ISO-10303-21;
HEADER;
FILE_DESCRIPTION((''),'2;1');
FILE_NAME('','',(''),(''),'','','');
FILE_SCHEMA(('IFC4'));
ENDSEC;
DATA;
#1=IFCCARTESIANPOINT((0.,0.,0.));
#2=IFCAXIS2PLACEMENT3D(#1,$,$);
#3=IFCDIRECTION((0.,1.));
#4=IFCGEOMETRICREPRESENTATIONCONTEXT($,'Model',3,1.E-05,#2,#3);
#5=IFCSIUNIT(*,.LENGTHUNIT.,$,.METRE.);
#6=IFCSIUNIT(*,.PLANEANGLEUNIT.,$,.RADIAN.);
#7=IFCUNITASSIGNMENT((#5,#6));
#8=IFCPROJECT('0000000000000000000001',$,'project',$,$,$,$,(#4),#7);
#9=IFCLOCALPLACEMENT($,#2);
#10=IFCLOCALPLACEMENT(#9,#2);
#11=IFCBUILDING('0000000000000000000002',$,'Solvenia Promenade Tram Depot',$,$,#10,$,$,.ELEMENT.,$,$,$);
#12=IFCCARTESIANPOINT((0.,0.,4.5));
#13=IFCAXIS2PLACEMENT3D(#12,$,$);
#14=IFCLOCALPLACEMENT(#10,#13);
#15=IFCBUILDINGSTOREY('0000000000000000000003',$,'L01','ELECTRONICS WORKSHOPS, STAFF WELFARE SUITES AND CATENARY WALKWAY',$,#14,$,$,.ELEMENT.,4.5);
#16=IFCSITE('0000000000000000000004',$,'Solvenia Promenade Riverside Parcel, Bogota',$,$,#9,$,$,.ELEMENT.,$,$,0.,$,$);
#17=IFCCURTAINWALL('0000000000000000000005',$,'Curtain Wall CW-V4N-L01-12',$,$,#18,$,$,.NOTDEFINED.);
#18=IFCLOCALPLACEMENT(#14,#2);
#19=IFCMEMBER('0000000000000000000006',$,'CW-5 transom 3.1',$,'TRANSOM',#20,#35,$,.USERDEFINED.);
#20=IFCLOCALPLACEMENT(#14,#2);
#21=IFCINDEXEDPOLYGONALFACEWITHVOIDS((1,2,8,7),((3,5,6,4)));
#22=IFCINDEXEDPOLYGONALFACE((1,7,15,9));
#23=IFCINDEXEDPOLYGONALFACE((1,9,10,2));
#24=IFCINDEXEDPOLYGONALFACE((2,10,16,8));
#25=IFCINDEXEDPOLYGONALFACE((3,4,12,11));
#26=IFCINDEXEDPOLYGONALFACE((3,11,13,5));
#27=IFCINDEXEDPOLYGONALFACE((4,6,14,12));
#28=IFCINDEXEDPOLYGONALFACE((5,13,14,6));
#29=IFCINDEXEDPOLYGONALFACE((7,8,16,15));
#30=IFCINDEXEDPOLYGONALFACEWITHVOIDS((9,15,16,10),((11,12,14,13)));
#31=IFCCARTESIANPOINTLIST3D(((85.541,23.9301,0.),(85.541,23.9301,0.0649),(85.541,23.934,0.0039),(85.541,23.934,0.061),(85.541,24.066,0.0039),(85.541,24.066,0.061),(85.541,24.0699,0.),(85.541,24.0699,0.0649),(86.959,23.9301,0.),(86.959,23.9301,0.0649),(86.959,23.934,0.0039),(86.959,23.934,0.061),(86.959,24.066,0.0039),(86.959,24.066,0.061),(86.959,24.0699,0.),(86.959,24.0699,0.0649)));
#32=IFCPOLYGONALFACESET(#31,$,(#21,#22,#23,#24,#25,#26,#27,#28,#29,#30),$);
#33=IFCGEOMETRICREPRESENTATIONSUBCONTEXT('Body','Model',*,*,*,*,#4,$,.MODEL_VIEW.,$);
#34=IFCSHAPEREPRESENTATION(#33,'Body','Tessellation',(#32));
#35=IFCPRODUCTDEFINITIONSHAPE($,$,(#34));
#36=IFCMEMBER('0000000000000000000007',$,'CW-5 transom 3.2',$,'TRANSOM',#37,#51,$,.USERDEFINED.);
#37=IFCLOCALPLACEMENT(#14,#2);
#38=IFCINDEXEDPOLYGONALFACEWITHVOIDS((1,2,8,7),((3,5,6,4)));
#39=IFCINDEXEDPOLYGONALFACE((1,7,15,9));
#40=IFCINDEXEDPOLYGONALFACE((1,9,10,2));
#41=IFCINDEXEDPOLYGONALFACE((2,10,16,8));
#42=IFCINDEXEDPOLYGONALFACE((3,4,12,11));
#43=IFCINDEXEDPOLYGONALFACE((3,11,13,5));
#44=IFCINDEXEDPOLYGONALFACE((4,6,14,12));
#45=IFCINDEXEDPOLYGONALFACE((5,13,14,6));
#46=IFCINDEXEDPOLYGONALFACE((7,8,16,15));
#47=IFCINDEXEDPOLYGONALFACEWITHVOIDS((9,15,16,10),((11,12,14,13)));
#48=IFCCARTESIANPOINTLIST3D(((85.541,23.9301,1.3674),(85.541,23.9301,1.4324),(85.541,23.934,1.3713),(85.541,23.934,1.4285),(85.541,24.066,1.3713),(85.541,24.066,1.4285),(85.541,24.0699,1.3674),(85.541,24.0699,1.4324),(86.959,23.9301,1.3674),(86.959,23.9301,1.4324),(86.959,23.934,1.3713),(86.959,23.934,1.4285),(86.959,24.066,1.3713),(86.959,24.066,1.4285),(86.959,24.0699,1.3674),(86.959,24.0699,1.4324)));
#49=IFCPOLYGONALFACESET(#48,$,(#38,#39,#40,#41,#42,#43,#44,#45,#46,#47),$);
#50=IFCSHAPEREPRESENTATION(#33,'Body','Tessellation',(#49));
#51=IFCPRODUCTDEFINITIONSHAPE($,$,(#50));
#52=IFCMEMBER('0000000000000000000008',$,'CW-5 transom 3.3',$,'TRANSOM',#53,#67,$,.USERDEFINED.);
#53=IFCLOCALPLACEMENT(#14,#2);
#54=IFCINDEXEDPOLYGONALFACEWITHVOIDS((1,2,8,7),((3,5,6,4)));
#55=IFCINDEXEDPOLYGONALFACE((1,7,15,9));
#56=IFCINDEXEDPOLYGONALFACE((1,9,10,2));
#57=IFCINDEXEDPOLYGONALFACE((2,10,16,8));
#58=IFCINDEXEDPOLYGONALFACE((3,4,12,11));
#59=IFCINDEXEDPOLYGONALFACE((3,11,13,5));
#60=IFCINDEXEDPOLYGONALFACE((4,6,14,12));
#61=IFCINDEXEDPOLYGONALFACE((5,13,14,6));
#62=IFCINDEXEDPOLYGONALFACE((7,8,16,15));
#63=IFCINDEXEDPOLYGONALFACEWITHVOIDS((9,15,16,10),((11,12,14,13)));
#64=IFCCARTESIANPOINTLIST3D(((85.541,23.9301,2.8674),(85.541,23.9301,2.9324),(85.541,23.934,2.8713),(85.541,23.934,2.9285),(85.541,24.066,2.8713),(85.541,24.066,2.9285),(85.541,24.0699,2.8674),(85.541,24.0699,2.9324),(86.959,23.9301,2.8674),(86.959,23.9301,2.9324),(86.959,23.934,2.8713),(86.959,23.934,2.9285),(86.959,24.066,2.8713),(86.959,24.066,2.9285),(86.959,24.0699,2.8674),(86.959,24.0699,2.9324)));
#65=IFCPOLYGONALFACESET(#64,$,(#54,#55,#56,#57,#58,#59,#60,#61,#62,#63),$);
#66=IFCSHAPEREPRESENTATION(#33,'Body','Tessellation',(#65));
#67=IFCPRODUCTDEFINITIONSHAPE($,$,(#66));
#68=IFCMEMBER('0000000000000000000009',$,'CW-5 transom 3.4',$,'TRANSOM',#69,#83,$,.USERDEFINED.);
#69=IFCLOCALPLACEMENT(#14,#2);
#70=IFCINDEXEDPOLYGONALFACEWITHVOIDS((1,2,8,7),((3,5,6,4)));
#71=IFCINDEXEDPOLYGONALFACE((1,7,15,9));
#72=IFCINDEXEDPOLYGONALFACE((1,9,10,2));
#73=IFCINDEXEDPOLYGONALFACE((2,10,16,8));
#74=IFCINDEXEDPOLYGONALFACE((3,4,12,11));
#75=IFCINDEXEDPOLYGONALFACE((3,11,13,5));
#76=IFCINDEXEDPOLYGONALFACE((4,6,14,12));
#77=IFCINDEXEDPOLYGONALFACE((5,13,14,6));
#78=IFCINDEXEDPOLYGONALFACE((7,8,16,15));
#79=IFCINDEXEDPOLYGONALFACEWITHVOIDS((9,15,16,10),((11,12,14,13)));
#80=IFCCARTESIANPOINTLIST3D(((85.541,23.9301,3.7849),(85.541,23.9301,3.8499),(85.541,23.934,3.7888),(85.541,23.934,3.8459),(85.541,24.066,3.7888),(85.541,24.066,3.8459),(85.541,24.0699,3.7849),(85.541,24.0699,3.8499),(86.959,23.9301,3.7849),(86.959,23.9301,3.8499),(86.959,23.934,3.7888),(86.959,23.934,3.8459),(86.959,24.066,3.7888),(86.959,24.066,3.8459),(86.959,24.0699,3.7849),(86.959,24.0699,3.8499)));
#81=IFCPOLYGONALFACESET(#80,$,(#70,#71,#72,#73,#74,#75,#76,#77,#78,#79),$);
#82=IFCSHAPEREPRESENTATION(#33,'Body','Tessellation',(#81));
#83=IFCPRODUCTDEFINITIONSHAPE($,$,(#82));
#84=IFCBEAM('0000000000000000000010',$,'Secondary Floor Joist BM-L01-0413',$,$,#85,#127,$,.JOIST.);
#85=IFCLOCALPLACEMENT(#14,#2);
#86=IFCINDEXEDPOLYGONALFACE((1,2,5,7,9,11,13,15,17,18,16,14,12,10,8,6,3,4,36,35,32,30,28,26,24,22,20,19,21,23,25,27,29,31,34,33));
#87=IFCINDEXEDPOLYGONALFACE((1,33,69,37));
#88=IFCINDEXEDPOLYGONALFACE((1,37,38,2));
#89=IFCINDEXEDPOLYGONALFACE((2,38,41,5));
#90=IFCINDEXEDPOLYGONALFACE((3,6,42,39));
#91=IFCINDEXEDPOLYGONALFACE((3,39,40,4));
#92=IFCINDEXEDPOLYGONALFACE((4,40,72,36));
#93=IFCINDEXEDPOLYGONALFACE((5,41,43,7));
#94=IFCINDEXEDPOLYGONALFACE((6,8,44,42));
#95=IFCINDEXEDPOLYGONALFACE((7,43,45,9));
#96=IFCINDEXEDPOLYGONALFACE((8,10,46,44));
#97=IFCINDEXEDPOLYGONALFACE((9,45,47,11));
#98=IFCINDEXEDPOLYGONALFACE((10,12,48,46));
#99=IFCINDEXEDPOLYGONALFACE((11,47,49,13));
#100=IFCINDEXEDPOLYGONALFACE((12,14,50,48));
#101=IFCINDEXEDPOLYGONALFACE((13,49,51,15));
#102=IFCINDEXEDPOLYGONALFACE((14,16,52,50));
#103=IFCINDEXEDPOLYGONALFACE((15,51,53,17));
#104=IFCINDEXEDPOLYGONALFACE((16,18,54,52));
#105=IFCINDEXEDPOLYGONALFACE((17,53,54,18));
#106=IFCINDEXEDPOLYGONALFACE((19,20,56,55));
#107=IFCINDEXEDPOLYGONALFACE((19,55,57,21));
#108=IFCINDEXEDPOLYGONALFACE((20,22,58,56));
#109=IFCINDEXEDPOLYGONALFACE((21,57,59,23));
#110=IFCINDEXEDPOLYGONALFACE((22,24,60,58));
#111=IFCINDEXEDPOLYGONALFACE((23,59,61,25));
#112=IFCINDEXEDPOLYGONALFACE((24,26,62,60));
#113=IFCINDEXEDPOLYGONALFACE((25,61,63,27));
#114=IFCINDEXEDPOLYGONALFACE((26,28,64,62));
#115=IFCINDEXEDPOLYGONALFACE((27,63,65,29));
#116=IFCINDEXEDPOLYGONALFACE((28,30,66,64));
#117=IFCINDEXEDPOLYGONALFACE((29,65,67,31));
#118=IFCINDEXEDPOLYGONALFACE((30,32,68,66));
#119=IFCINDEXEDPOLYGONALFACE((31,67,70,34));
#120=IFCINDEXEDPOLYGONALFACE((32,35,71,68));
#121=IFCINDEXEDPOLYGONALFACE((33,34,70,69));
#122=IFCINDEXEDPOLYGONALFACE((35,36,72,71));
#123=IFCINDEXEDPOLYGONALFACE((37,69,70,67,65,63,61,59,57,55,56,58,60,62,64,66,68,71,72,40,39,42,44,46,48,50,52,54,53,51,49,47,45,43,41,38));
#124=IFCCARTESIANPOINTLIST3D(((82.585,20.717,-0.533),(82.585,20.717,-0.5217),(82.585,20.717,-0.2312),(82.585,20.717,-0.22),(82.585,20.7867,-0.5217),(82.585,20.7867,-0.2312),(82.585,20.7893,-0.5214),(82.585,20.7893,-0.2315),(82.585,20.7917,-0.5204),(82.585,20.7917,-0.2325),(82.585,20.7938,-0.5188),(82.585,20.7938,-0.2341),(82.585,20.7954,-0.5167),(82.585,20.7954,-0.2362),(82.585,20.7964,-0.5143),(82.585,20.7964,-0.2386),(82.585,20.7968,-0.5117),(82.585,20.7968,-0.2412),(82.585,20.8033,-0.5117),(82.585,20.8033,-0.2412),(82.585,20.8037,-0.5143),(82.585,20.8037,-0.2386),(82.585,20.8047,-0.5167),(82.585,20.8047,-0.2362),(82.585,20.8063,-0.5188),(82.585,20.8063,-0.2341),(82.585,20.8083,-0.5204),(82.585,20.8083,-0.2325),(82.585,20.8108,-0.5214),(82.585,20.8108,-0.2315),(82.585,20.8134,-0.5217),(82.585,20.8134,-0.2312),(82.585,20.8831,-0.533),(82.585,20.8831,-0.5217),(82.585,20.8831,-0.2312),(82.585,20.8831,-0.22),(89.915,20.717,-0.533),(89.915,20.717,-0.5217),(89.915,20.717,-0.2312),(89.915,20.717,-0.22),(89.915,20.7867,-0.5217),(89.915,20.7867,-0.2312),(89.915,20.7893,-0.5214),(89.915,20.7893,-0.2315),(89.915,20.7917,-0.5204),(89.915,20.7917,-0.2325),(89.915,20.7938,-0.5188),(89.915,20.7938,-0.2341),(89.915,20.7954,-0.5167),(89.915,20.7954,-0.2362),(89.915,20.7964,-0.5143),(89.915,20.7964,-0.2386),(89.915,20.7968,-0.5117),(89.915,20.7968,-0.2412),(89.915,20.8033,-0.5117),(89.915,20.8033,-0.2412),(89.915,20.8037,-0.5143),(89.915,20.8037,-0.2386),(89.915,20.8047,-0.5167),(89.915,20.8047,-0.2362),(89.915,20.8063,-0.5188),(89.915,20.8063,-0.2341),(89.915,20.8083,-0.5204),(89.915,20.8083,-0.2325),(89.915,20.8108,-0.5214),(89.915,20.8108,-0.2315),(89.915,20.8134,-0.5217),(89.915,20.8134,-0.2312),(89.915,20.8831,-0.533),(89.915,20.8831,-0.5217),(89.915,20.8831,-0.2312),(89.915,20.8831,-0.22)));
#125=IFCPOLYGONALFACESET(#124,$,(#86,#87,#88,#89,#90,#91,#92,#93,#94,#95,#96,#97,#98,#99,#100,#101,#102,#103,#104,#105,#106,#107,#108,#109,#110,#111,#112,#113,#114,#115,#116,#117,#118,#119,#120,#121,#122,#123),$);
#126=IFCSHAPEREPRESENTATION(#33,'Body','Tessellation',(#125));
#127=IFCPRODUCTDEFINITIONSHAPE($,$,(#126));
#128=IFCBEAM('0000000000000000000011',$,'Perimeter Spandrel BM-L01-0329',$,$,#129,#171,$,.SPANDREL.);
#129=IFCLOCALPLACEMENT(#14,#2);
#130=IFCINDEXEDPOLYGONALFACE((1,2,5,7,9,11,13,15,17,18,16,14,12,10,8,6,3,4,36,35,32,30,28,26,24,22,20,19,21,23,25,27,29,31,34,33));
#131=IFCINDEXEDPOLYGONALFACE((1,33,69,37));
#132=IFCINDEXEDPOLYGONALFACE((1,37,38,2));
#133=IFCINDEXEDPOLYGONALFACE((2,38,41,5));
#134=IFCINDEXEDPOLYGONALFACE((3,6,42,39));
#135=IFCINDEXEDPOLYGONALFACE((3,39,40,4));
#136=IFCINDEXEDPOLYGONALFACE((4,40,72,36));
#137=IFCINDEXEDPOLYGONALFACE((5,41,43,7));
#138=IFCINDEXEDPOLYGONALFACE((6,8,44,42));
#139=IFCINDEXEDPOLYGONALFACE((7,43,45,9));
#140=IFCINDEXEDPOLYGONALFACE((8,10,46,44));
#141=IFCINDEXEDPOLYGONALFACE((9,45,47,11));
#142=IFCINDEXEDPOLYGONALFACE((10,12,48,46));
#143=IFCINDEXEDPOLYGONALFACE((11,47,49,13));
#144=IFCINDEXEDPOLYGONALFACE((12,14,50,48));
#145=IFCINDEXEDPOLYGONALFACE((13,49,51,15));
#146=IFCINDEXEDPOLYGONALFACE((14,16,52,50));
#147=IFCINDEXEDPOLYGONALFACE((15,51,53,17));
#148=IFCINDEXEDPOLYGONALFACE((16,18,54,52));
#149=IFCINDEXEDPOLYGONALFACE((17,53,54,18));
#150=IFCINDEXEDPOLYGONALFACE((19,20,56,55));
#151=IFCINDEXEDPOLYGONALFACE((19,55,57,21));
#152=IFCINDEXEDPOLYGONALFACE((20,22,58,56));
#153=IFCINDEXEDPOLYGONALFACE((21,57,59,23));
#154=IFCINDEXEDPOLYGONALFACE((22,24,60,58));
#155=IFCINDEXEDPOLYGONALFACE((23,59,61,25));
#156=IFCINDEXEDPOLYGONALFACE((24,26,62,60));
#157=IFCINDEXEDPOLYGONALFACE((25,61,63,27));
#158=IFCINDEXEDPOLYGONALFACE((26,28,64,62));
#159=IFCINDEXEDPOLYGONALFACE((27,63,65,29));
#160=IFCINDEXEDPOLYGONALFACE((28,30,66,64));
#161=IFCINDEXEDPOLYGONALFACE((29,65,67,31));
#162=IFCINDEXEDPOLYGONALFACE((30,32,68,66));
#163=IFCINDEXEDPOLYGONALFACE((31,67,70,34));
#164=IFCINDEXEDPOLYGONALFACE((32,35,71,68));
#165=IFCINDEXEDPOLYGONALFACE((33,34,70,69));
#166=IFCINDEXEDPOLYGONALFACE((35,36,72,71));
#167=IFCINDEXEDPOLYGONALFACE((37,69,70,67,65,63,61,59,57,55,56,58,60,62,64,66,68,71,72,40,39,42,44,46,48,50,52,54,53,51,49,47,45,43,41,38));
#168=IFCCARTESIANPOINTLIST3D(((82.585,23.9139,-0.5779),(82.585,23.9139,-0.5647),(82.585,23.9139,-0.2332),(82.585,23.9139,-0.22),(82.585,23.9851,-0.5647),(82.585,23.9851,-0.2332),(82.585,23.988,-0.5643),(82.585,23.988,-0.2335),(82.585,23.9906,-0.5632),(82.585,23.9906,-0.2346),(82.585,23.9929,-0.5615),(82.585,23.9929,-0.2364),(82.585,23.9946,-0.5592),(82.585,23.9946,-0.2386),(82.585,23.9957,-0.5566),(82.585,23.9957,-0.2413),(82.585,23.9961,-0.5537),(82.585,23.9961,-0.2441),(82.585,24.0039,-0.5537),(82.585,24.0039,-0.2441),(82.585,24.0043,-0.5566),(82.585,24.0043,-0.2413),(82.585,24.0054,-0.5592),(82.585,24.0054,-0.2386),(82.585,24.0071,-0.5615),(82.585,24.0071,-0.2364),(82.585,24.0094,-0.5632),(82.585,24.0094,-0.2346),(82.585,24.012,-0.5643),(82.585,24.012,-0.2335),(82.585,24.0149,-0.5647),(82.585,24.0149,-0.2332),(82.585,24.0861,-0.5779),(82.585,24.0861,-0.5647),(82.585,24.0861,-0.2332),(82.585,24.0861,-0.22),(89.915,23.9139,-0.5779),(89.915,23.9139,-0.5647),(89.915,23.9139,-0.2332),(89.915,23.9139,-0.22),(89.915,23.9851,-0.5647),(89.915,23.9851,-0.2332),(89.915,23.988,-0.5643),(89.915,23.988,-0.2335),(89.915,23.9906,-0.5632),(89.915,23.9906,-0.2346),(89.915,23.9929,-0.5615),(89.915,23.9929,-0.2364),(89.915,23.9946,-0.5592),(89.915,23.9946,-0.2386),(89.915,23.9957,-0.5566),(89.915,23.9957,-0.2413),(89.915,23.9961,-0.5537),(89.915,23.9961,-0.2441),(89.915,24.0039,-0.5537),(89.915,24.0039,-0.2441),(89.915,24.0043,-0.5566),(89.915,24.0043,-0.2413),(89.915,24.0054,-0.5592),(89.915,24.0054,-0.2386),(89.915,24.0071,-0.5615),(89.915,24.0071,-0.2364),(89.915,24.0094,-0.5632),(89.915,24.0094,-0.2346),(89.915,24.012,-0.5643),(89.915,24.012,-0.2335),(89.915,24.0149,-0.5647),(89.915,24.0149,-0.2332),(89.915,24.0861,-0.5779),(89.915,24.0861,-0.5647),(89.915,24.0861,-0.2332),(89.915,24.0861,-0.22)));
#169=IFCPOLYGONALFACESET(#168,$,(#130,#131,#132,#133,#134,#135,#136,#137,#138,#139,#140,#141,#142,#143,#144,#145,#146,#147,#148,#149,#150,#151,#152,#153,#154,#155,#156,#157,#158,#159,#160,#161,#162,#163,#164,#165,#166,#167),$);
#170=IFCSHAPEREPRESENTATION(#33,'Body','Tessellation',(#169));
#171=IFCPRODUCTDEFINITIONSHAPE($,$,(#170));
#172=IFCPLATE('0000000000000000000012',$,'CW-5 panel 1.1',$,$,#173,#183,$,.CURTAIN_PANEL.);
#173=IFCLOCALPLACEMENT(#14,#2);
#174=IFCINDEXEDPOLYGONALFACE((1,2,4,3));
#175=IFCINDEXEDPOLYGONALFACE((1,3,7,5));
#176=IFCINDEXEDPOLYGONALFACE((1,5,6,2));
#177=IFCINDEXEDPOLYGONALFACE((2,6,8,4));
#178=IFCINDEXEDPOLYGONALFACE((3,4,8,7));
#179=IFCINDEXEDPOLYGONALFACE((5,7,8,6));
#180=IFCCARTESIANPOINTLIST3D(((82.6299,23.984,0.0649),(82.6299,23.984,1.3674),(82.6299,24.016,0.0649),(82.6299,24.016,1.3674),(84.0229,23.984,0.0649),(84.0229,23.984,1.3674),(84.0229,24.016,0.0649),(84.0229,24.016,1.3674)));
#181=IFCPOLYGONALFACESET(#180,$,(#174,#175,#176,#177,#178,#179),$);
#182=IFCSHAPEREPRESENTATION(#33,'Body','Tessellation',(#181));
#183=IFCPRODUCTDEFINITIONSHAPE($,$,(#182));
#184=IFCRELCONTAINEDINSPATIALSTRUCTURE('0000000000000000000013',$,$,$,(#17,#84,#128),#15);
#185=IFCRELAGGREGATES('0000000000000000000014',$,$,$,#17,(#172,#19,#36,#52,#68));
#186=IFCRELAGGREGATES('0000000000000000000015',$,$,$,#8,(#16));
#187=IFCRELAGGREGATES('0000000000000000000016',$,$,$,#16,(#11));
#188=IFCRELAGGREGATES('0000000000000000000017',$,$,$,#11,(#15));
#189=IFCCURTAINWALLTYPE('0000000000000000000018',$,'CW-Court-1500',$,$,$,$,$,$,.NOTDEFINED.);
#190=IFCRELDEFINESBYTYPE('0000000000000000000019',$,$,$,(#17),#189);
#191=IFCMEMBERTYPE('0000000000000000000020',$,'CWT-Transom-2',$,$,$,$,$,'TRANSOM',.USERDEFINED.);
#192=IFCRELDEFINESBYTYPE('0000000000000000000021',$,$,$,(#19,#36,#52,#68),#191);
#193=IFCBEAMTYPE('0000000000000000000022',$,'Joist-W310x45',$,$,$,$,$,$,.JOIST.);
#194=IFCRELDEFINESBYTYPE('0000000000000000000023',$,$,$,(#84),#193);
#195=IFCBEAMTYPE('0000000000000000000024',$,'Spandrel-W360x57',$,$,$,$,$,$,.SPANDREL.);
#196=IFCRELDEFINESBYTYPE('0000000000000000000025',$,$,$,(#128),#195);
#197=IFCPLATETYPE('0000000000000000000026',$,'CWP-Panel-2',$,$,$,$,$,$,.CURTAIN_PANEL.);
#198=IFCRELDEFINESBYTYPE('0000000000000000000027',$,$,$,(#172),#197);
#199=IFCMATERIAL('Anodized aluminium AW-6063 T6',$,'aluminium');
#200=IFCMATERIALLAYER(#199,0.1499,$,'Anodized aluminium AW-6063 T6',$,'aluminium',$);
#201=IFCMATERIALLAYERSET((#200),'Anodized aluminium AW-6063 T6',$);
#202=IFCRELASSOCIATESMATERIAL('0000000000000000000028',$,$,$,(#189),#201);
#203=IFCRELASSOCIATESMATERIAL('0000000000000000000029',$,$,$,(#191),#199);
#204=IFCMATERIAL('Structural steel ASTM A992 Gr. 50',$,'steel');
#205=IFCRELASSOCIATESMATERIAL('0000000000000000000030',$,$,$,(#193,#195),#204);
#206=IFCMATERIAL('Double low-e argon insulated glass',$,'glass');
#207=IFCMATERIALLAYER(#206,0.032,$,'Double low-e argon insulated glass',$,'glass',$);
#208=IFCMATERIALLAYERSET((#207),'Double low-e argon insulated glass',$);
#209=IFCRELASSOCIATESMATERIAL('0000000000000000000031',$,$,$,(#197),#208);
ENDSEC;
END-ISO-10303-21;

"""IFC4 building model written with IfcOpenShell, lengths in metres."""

from ifc_helpers import new_model, si_unit, direction, frame, origin, origin_2d, place, context, subcontext, project, spatial, rectangle, hollow_rectangle, i_section, extrude, material, layer, layer_set, material_profile, profile_set, type_object, element, aggregate, save


model = new_model("IFC4")

# Units and contexts
model_context = context("Model", 3, precision=1e-05, world=origin(), true_north=direction((0.0, 1.0)))
body_context = subcontext(model_context, "Body", "Model", "MODEL_VIEW")
ifc_project = project(units=[si_unit("LENGTHUNIT", "METRE"), si_unit("PLANEANGLEUNIT", "RADIAN")], contexts=[model_context])

# Site, building, storey
site_placement = place(None, origin())
site = spatial("IfcSite", under=ifc_project, at=site_placement, Name="Solvenia Promenade Riverside Parcel, Bogota", CompositionType="ELEMENT", RefElevation=0.0)
building_placement = place(site_placement, origin())
building = spatial("IfcBuilding", under=site, at=building_placement, Name="Solvenia Promenade Tram Depot", CompositionType="ELEMENT")
storey_placement = place(building_placement, frame((0.0, 0.0, 4.5)))
storey = spatial("IfcBuildingStorey", under=building, at=storey_placement, Name="L01", Description="ELECTRONICS WORKSHOPS, STAFF WELFARE SUITES AND CATENARY WALKWAY", CompositionType="ELEMENT", Elevation=4.5)

# Curtain wall, members
ifc_material_1 = material(Name="Anodized aluminium AW-6063 T6", Category="aluminium")
ifc_layer_1 = layer(ifc_material_1, 0.1499, Name="Anodized aluminium AW-6063 T6", Category="aluminium")
ifc_layer_set_1 = layer_set([ifc_layer_1], Name="Anodized aluminium AW-6063 T6")
curtain_wall_type = type_object("IfcCurtainWallType", Name="CW-Court-1500", PredefinedType="NOTDEFINED", material=ifc_layer_set_1)
curtain_wall_placement = place(storey_placement, origin())
curtain_wall = element("IfcCurtainWall", 1, at=curtain_wall_placement, inside=storey, type_object=curtain_wall_type, Name="Curtain Wall CW-V4N-L01-12", PredefinedType="NOTDEFINED")
ifc_material_profile_1 = material_profile(ifc_material_1, hollow_rectangle(XDim=0.1399, YDim=0.0649, WallThickness=0.0039, at=origin_2d()), Name="ALU-T2", Category="aluminium")
ifc_profile_set_1 = profile_set([ifc_material_profile_1], Name="Anodized aluminium AW-6063 T6")
member_type_1 = type_object("IfcMemberType", Name="CWT-Transom-2", ElementType="TRANSOM", PredefinedType="USERDEFINED", material=ifc_profile_set_1)
member_1_placement = place(storey_placement, frame((85.541, 24.0, 0.0325), z_axis=(1.0, 0.0, 0.0), x_axis=(0.0, 1.0, 0.0)))
member_1 = element("IfcMember", 2, at=member_1_placement, type_object=member_type_1, Name="CW-5 transom 3.1", ObjectType="TRANSOM", PredefinedType="USERDEFINED", context=body_context, shape_type="SweptSolid", body=[
    extrude(hollow_rectangle(XDim=0.1399, YDim=0.0649, WallThickness=0.0039, at=origin_2d()), origin(), (0.0, 0.0, 1.0), 1.418),
])
member_2_placement = place(storey_placement, frame((85.541, 24.0, 1.3999), z_axis=(1.0, 0.0, 0.0), x_axis=(0.0, 1.0, 0.0)))
member_2 = element("IfcMember", 3, at=member_2_placement, type_object=member_type_1, Name="CW-5 transom 3.2", ObjectType="TRANSOM", PredefinedType="USERDEFINED", context=body_context, shape_type="SweptSolid", body=[
    extrude(hollow_rectangle(XDim=0.1399, YDim=0.0649, WallThickness=0.0039, at=origin_2d()), origin(), (0.0, 0.0, 1.0), 1.418),
])
member_3_placement = place(storey_placement, frame((85.541, 24.0, 2.8999), z_axis=(1.0, 0.0, 0.0), x_axis=(0.0, 1.0, 0.0)))
member_3 = element("IfcMember", 4, at=member_3_placement, type_object=member_type_1, Name="CW-5 transom 3.3", ObjectType="TRANSOM", PredefinedType="USERDEFINED", context=body_context, shape_type="SweptSolid", body=[
    extrude(hollow_rectangle(XDim=0.1399, YDim=0.0649, WallThickness=0.0039, at=origin_2d()), origin(), (0.0, 0.0, 1.0), 1.418),
])
member_4_placement = place(storey_placement, frame((85.541, 24.0, 3.8174), z_axis=(1.0, 0.0, 0.0), x_axis=(0.0, 1.0, 0.0)))
member_4 = element("IfcMember", 5, at=member_4_placement, type_object=member_type_1, Name="CW-5 transom 3.4", ObjectType="TRANSOM", PredefinedType="USERDEFINED", context=body_context, shape_type="SweptSolid", body=[
    extrude(hollow_rectangle(XDim=0.1399, YDim=0.0649, WallThickness=0.0039, at=origin_2d()), origin(), (0.0, 0.0, 1.0), 1.418),
])

# Beams
ifc_material_2 = material(Name="Structural steel ASTM A992 Gr. 50", Category="steel")
ifc_material_profile_2 = material_profile(ifc_material_2, i_section(OverallWidth=0.166, OverallDepth=0.313, WebThickness=0.0066, FlangeThickness=0.0112, FilletRadius=0.01, at=origin_2d()), Name="W310x45", Category="steel")
ifc_profile_set_2 = profile_set([ifc_material_profile_2], Name="Structural steel ASTM A992 Gr. 50")
beam_type_1 = type_object("IfcBeamType", Name="Joist-W310x45", PredefinedType="JOIST", material=ifc_profile_set_2)
beam_1_placement = place(storey_placement, frame((82.585, 20.8, -0.3765), z_axis=(1.0, 0.0, 0.0), x_axis=(0.0, 1.0, 0.0)))
element("IfcBeam", 6, at=beam_1_placement, inside=storey, type_object=beam_type_1, Name="Secondary Floor Joist BM-L01-0413", PredefinedType="JOIST", context=body_context, shape_type="SweptSolid", body=[
    extrude(i_section(OverallWidth=0.166, OverallDepth=0.313, WebThickness=0.0066, FlangeThickness=0.0112, FilletRadius=0.01, at=origin_2d()), origin(), (0.0, 0.0, 1.0), 7.3301),
])
ifc_material_profile_3 = material_profile(ifc_material_2, i_section(OverallWidth=0.1721, OverallDepth=0.3579, WebThickness=0.0078, FlangeThickness=0.0132, FilletRadius=0.011, at=origin_2d()), Name="W360x57", Category="steel")
ifc_profile_set_3 = profile_set([ifc_material_profile_3], Name="Structural steel ASTM A992 Gr. 50")
beam_type_2 = type_object("IfcBeamType", Name="Spandrel-W360x57", PredefinedType="SPANDREL", material=ifc_profile_set_3)
beam_2_placement = place(storey_placement, frame((82.585, 24.0, -0.3989), z_axis=(1.0, 0.0, 0.0), x_axis=(0.0, 1.0, 0.0)))
element("IfcBeam", 7, at=beam_2_placement, inside=storey, type_object=beam_type_2, Name="Perimeter Spandrel BM-L01-0329", PredefinedType="SPANDREL", context=body_context, shape_type="SweptSolid", body=[
    extrude(i_section(OverallWidth=0.1721, OverallDepth=0.3579, WebThickness=0.0078, FlangeThickness=0.0132, FilletRadius=0.011, at=origin_2d()), origin(), (0.0, 0.0, 1.0), 7.3301),
])

# Plate
ifc_material_3 = material(Name="Double low-e argon insulated glass", Category="glass")
ifc_layer_2 = layer(ifc_material_3, 0.032, Name="Double low-e argon insulated glass", Category="glass")
ifc_layer_set_2 = layer_set([ifc_layer_2], Name="Double low-e argon insulated glass")
plate_type = type_object("IfcPlateType", Name="CWP-Panel-2", PredefinedType="CURTAIN_PANEL", material=ifc_layer_set_2)
plate_1_placement = place(storey_placement, frame((83.3264, 24.0, 0.0649), z_axis=(0.0, 0.0, 1.0), x_axis=(1.0, 0.0, 0.0)))
plate_1 = element("IfcPlate", 8, at=plate_1_placement, type_object=plate_type, Name="CW-5 panel 1.1", PredefinedType="CURTAIN_PANEL", context=body_context, shape_type="SweptSolid", body=[
    extrude(rectangle(XDim=1.3931, YDim=0.032, at=origin_2d()), origin(), (0.0, 0.0, 1.0), 1.3025),
])
aggregate(curtain_wall, [plate_1, member_1, member_2, member_3, member_4])

save(model, "model.ifc")
